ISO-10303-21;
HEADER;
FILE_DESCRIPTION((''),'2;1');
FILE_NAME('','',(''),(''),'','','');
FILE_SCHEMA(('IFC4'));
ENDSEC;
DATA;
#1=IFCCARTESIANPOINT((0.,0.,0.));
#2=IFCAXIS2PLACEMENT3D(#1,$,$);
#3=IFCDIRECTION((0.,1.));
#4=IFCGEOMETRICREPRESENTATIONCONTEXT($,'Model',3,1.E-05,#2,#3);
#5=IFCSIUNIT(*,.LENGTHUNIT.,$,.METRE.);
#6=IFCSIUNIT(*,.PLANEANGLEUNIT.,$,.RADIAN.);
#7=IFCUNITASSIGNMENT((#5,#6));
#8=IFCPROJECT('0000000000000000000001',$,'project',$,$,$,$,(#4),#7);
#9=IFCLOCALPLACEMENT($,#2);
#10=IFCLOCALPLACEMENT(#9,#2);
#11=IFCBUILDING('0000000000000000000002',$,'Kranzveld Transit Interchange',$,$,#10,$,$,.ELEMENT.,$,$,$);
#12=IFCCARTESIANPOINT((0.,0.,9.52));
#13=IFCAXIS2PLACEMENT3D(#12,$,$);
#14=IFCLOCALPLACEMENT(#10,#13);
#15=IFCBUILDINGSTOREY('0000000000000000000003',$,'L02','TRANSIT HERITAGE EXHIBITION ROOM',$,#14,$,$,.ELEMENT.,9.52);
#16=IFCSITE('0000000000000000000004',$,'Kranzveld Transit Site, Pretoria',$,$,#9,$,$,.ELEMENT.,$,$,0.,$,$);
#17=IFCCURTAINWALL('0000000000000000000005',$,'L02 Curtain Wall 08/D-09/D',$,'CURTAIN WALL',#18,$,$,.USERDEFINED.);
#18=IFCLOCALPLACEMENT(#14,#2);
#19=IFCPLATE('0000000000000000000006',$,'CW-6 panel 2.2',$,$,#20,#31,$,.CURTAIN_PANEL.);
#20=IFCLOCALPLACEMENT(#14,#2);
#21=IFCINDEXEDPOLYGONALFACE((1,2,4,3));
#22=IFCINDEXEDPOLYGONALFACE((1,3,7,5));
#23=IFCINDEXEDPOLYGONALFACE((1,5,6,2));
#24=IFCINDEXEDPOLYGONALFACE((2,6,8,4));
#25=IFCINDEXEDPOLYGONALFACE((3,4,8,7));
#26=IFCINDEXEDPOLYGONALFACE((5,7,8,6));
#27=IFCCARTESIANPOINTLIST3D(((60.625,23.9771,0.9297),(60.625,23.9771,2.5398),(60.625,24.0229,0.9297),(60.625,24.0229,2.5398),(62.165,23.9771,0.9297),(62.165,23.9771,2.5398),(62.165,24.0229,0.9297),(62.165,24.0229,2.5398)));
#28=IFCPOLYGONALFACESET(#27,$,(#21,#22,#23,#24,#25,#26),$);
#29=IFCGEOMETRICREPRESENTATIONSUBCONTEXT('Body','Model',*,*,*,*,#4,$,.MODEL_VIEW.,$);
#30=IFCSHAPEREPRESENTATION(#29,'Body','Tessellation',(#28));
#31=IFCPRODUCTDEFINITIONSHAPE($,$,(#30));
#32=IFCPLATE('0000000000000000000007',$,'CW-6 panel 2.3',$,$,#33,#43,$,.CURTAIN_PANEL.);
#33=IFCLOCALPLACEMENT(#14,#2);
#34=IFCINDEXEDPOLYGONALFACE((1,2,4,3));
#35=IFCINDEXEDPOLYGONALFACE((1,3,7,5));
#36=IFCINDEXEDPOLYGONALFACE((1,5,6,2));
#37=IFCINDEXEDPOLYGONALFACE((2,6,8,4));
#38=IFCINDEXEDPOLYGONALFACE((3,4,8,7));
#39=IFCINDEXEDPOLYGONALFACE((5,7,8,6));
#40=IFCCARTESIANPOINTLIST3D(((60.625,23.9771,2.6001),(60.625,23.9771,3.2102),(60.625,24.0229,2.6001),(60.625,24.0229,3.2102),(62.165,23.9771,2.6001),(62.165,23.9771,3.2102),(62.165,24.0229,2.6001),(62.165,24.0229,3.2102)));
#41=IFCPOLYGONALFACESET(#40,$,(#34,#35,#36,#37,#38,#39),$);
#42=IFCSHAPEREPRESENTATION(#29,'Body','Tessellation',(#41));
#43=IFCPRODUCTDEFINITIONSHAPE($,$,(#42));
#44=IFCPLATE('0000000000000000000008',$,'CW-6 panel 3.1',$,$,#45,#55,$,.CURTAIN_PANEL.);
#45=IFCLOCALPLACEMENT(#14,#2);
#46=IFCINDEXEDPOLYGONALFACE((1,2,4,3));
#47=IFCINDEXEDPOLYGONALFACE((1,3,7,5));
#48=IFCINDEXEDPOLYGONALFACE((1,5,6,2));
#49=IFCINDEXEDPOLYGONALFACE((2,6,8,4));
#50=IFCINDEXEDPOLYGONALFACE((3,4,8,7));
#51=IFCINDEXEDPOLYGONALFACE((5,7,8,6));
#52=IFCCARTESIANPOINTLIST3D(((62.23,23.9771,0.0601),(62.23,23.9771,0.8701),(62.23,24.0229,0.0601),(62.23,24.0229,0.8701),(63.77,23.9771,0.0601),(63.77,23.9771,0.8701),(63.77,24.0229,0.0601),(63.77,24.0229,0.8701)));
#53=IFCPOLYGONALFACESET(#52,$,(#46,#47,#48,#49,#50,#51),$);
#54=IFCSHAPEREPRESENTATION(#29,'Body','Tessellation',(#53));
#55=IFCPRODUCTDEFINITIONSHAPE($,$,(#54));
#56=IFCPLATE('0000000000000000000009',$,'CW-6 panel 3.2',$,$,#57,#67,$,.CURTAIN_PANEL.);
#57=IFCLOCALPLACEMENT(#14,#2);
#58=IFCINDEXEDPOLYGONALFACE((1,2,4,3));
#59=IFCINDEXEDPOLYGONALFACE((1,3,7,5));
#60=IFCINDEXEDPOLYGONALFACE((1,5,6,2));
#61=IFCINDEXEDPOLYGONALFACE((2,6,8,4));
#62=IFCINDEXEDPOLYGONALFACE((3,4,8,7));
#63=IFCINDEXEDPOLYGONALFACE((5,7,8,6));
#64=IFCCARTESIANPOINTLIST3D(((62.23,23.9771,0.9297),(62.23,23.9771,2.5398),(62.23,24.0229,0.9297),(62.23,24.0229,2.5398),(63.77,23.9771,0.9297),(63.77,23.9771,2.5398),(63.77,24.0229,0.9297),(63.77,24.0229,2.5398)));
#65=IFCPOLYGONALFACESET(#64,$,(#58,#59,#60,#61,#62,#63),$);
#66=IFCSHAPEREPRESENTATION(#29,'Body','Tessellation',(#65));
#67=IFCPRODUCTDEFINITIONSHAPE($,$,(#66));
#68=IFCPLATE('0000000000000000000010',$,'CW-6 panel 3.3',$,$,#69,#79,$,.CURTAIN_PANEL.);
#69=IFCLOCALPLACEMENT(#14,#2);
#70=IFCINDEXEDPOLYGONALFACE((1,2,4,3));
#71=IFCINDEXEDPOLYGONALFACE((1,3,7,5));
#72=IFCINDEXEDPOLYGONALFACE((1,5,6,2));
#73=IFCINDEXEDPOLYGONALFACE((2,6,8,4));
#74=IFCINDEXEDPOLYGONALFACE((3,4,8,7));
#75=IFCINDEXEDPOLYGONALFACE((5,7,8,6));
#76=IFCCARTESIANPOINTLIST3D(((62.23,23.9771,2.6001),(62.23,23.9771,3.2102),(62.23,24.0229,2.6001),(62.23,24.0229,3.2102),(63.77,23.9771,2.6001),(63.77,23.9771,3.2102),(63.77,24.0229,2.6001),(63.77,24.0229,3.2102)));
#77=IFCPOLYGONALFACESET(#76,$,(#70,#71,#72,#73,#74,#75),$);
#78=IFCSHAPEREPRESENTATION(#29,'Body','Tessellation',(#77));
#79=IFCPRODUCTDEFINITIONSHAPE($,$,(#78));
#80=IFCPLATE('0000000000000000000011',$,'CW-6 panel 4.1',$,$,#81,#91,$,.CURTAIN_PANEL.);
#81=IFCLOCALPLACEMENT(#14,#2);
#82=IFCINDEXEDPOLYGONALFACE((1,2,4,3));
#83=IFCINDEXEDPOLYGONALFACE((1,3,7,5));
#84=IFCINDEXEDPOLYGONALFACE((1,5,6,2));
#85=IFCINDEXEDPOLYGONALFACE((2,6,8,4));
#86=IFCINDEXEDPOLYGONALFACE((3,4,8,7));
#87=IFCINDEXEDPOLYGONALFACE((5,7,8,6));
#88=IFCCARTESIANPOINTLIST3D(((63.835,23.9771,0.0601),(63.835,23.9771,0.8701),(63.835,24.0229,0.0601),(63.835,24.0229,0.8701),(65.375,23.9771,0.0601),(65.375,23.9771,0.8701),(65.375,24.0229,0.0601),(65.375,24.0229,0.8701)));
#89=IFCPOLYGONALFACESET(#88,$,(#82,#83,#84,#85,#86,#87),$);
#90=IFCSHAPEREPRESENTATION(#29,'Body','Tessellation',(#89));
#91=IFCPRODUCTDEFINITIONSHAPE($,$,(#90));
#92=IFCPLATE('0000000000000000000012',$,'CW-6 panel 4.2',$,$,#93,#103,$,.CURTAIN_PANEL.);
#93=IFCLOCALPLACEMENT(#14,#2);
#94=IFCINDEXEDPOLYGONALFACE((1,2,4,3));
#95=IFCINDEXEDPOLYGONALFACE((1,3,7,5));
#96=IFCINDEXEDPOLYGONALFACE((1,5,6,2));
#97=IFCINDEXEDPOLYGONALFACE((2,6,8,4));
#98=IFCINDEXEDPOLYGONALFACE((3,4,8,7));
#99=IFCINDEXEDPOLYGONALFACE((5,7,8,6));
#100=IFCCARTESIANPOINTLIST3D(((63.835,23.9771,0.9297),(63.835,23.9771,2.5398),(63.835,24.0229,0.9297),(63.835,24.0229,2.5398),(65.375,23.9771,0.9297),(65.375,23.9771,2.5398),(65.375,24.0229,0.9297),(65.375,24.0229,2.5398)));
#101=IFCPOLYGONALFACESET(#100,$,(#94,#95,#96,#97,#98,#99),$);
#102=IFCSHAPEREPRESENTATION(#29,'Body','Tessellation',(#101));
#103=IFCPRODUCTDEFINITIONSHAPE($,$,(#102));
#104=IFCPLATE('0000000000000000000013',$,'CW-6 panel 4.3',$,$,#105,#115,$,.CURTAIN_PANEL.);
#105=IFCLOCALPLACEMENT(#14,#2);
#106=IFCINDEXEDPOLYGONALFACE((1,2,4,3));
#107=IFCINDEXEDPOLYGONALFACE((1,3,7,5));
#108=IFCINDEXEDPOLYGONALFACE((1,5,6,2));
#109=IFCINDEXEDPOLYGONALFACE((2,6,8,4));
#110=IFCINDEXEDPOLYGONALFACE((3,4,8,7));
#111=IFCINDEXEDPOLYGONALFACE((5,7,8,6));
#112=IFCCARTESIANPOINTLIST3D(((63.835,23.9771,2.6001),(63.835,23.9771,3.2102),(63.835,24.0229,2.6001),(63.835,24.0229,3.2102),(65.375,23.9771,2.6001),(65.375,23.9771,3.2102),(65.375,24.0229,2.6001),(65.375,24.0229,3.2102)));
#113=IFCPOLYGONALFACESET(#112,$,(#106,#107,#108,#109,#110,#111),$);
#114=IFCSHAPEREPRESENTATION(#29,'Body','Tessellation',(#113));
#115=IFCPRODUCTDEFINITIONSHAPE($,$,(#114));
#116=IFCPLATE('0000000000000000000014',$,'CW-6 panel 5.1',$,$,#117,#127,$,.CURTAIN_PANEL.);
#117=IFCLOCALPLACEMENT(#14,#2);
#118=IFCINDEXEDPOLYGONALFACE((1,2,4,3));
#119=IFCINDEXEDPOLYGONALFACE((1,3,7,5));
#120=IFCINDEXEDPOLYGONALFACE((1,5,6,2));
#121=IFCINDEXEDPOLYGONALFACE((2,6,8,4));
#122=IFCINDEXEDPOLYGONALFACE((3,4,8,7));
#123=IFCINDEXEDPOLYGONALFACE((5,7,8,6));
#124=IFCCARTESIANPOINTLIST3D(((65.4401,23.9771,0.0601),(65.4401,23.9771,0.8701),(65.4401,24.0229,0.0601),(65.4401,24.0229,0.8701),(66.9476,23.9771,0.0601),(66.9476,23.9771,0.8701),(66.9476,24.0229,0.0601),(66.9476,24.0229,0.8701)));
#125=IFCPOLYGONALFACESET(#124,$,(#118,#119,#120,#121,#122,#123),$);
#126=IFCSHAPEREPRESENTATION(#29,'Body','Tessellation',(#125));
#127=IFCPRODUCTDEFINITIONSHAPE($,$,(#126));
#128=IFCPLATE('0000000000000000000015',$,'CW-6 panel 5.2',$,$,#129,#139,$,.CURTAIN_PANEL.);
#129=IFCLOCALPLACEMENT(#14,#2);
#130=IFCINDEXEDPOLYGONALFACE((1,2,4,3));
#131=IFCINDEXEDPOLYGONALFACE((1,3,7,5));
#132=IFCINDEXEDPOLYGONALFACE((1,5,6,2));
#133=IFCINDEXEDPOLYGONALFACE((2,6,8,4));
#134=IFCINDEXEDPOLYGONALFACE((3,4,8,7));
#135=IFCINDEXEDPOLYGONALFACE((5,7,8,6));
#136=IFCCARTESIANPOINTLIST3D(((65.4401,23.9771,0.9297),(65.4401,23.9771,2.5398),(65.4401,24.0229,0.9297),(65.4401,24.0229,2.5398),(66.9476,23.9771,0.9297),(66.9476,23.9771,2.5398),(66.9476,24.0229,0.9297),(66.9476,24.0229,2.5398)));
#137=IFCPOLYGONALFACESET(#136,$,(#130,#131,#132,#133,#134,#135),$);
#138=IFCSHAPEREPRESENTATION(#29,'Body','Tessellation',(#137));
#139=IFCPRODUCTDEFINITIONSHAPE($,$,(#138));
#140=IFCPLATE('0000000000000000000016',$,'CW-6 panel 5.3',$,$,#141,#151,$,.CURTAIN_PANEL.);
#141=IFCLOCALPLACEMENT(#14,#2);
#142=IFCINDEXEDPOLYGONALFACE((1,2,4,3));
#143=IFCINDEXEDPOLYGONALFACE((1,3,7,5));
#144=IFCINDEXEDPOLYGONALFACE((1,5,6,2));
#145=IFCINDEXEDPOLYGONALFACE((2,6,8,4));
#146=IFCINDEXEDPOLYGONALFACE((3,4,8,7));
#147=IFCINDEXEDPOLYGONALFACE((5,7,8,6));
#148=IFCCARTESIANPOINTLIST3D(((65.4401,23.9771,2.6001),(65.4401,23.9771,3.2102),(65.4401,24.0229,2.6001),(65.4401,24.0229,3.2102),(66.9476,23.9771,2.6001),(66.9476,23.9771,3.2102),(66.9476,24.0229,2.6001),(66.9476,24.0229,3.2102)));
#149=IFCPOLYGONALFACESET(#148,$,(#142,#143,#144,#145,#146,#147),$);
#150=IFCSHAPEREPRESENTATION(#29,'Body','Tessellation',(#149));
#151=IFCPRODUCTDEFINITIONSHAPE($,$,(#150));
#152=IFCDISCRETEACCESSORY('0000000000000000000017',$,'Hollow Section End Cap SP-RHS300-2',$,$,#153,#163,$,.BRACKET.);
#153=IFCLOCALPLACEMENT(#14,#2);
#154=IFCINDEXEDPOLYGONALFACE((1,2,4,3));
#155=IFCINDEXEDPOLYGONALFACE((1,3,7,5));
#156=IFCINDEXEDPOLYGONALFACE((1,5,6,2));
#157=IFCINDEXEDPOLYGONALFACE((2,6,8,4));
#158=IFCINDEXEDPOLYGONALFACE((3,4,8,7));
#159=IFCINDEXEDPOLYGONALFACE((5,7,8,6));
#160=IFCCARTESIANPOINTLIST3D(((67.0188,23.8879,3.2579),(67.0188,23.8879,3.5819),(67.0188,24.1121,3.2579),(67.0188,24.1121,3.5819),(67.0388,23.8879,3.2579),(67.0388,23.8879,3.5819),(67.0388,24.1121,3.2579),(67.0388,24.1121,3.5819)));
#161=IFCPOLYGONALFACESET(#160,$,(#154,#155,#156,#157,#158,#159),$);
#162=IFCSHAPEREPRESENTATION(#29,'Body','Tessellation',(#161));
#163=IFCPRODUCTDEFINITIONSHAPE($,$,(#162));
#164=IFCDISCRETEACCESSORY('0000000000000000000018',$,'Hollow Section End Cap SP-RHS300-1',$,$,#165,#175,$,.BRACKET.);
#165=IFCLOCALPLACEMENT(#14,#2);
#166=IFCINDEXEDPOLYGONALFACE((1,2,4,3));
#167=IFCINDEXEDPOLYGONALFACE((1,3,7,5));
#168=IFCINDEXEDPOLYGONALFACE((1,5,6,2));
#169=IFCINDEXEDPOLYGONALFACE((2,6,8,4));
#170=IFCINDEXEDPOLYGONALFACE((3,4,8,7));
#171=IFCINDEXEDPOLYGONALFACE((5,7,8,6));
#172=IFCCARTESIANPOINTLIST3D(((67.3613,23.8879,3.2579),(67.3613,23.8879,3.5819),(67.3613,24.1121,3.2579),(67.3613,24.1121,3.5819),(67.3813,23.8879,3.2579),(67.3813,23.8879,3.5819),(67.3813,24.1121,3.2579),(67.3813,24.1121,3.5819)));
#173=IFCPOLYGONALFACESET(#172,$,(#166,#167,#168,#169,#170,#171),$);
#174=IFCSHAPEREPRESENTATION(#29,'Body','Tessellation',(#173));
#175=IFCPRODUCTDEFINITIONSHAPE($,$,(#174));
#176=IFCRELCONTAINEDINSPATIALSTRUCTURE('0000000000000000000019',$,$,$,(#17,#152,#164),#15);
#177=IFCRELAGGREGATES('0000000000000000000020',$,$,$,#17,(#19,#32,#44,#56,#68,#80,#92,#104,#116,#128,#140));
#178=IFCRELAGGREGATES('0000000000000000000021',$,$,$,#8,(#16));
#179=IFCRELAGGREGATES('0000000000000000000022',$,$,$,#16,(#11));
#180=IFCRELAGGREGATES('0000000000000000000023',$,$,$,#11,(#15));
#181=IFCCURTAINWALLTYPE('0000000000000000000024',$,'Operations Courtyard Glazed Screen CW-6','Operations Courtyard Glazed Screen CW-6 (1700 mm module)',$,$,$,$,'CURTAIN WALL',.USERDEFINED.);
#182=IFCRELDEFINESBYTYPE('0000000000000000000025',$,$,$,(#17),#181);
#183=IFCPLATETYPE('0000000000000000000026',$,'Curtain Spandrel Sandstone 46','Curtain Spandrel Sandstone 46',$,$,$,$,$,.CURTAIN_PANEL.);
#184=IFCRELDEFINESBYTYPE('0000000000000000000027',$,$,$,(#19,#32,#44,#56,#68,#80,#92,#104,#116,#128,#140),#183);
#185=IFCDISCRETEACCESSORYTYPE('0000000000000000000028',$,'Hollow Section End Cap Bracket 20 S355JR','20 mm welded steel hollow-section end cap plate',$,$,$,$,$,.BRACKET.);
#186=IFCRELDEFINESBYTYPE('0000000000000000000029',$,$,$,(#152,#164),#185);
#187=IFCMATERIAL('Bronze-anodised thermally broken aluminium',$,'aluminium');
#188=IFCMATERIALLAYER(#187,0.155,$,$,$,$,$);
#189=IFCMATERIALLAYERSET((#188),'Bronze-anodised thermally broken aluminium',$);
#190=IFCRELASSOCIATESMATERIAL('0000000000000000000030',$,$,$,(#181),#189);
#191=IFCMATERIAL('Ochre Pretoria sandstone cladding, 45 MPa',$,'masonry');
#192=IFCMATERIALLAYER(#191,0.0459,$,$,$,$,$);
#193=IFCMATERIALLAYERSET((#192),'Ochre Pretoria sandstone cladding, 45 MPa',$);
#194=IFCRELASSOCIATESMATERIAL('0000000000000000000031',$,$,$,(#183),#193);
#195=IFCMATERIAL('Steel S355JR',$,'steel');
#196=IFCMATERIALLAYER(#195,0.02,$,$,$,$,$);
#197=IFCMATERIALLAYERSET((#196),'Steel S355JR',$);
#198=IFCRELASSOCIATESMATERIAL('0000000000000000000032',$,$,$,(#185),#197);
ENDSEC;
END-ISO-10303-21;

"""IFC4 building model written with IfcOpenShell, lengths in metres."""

from ifc_helpers import new_model, si_unit, direction, frame, origin, origin_2d, place, context, subcontext, project, spatial, rectangle, extrude, material, layer, layer_set, type_object, element, aggregate, save


model = new_model("IFC4")

# Units and contexts
model_context = context("Model", 3, precision=1e-05, world=origin(), true_north=direction((0.0, 1.0)))
body_context = subcontext(model_context, "Body", "Model", "MODEL_VIEW")
ifc_project = project(units=[si_unit("LENGTHUNIT", "METRE"), si_unit("PLANEANGLEUNIT", "RADIAN")], contexts=[model_context])

# Site, building, storey
site_placement = place(None, origin())
site = spatial("IfcSite", under=ifc_project, at=site_placement, Name="Kranzveld Transit Site, Pretoria", CompositionType="ELEMENT", RefElevation=0.0)
building_placement = place(site_placement, origin())
building = spatial("IfcBuilding", under=site, at=building_placement, Name="Kranzveld Transit Interchange", CompositionType="ELEMENT")
storey_placement = place(building_placement, frame((0.0, 0.0, 9.52)))
storey = spatial("IfcBuildingStorey", under=building, at=storey_placement, Name="L02", Description="TRANSIT HERITAGE EXHIBITION ROOM", CompositionType="ELEMENT", Elevation=9.52)

# Curtain wall
ifc_material_1 = material(Name="Bronze-anodised thermally broken aluminium", Category="aluminium")
ifc_layer_1 = layer(ifc_material_1, 0.155)
ifc_layer_set_1 = layer_set([ifc_layer_1], Name="Bronze-anodised thermally broken aluminium")
curtain_wall_type = type_object("IfcCurtainWallType", Name="Operations Courtyard Glazed Screen CW-6", Description="Operations Courtyard Glazed Screen CW-6 (1700 mm module)", ElementType="CURTAIN WALL", PredefinedType="USERDEFINED", material=ifc_layer_set_1)
curtain_wall_placement = place(storey_placement, origin())
curtain_wall = element("IfcCurtainWall", 1, at=curtain_wall_placement, inside=storey, type_object=curtain_wall_type, Name="L02 Curtain Wall 08/D-09/D", ObjectType="CURTAIN WALL", PredefinedType="USERDEFINED")

# Plates
ifc_material_2 = material(Name="Ochre Pretoria sandstone cladding, 45 MPa", Category="masonry")
ifc_layer_2 = layer(ifc_material_2, 0.0459)
ifc_layer_set_2 = layer_set([ifc_layer_2], Name="Ochre Pretoria sandstone cladding, 45 MPa")
plate_type = type_object("IfcPlateType", Name="Curtain Spandrel Sandstone 46", Description="Curtain Spandrel Sandstone 46", PredefinedType="CURTAIN_PANEL", material=ifc_layer_set_2)
plate_1_placement = place(storey_placement, frame((61.395, 24.0, 0.9297), z_axis=(0.0, 0.0, 1.0), x_axis=(1.0, 0.0, 0.0)))
plate_1 = element("IfcPlate", 2, at=plate_1_placement, type_object=plate_type, Name="CW-6 panel 2.2", PredefinedType="CURTAIN_PANEL", context=body_context, shape_type="SweptSolid", body=[
    extrude(rectangle(XDim=1.54, YDim=0.0459, at=origin_2d()), origin(), (0.0, 0.0, 1.0), 1.6101),
])
plate_2_placement = place(storey_placement, frame((61.395, 24.0, 2.6001), z_axis=(0.0, 0.0, 1.0), x_axis=(1.0, 0.0, 0.0)))
plate_2 = element("IfcPlate", 3, at=plate_2_placement, type_object=plate_type, Name="CW-6 panel 2.3", PredefinedType="CURTAIN_PANEL", context=body_context, shape_type="SweptSolid", body=[
    extrude(rectangle(XDim=1.54, YDim=0.0459, at=origin_2d()), origin(), (0.0, 0.0, 1.0), 0.6101),
])
plate_3_placement = place(storey_placement, frame((63.0, 24.0, 0.0601), z_axis=(0.0, 0.0, 1.0), x_axis=(1.0, 0.0, 0.0)))
plate_3 = element("IfcPlate", 4, at=plate_3_placement, type_object=plate_type, Name="CW-6 panel 3.1", PredefinedType="CURTAIN_PANEL", context=body_context, shape_type="SweptSolid", body=[
    extrude(rectangle(XDim=1.54, YDim=0.0459, at=origin_2d()), origin(), (0.0, 0.0, 1.0), 0.8101),
])
plate_4_placement = place(storey_placement, frame((63.0, 24.0, 0.9297), z_axis=(0.0, 0.0, 1.0), x_axis=(1.0, 0.0, 0.0)))
plate_4 = element("IfcPlate", 5, at=plate_4_placement, type_object=plate_type, Name="CW-6 panel 3.2", PredefinedType="CURTAIN_PANEL", context=body_context, shape_type="SweptSolid", body=[
    extrude(rectangle(XDim=1.54, YDim=0.0459, at=origin_2d()), origin(), (0.0, 0.0, 1.0), 1.6101),
])
plate_5_placement = place(storey_placement, frame((63.0, 24.0, 2.6001), z_axis=(0.0, 0.0, 1.0), x_axis=(1.0, 0.0, 0.0)))
plate_5 = element("IfcPlate", 6, at=plate_5_placement, type_object=plate_type, Name="CW-6 panel 3.3", PredefinedType="CURTAIN_PANEL", context=body_context, shape_type="SweptSolid", body=[
    extrude(rectangle(XDim=1.54, YDim=0.0459, at=origin_2d()), origin(), (0.0, 0.0, 1.0), 0.6101),
])
plate_6_placement = place(storey_placement, frame((64.605, 24.0, 0.0601), z_axis=(0.0, 0.0, 1.0), x_axis=(1.0, 0.0, 0.0)))
plate_6 = element("IfcPlate", 7, at=plate_6_placement, type_object=plate_type, Name="CW-6 panel 4.1", PredefinedType="CURTAIN_PANEL", context=body_context, shape_type="SweptSolid", body=[
    extrude(rectangle(XDim=1.54, YDim=0.0459, at=origin_2d()), origin(), (0.0, 0.0, 1.0), 0.8101),
])
plate_7_placement = place(storey_placement, frame((64.605, 24.0, 0.9297), z_axis=(0.0, 0.0, 1.0), x_axis=(1.0, 0.0, 0.0)))
plate_7 = element("IfcPlate", 8, at=plate_7_placement, type_object=plate_type, Name="CW-6 panel 4.2", PredefinedType="CURTAIN_PANEL", context=body_context, shape_type="SweptSolid", body=[
    extrude(rectangle(XDim=1.54, YDim=0.0459, at=origin_2d()), origin(), (0.0, 0.0, 1.0), 1.6101),
])
plate_8_placement = place(storey_placement, frame((64.605, 24.0, 2.6001), z_axis=(0.0, 0.0, 1.0), x_axis=(1.0, 0.0, 0.0)))
plate_8 = element("IfcPlate", 9, at=plate_8_placement, type_object=plate_type, Name="CW-6 panel 4.3", PredefinedType="CURTAIN_PANEL", context=body_context, shape_type="SweptSolid", body=[
    extrude(rectangle(XDim=1.54, YDim=0.0459, at=origin_2d()), origin(), (0.0, 0.0, 1.0), 0.6101),
])
plate_9_placement = place(storey_placement, frame((66.1938, 24.0, 0.0601), z_axis=(0.0, 0.0, 1.0), x_axis=(1.0, 0.0, 0.0)))
plate_9 = element("IfcPlate", 10, at=plate_9_placement, type_object=plate_type, Name="CW-6 panel 5.1", PredefinedType="CURTAIN_PANEL", context=body_context, shape_type="SweptSolid", body=[
    extrude(rectangle(XDim=1.5076, YDim=0.0459, at=origin_2d()), origin(), (0.0, 0.0, 1.0), 0.8101),
])
plate_10_placement = place(storey_placement, frame((66.1938, 24.0, 0.9297), z_axis=(0.0, 0.0, 1.0), x_axis=(1.0, 0.0, 0.0)))
plate_10 = element("IfcPlate", 11, at=plate_10_placement, type_object=plate_type, Name="CW-6 panel 5.2", PredefinedType="CURTAIN_PANEL", context=body_context, shape_type="SweptSolid", body=[
    extrude(rectangle(XDim=1.5076, YDim=0.0459, at=origin_2d()), origin(), (0.0, 0.0, 1.0), 1.6101),
])
plate_11_placement = place(storey_placement, frame((66.1938, 24.0, 2.6001), z_axis=(0.0, 0.0, 1.0), x_axis=(1.0, 0.0, 0.0)))
plate_11 = element("IfcPlate", 12, at=plate_11_placement, type_object=plate_type, Name="CW-6 panel 5.3", PredefinedType="CURTAIN_PANEL", context=body_context, shape_type="SweptSolid", body=[
    extrude(rectangle(XDim=1.5076, YDim=0.0459, at=origin_2d()), origin(), (0.0, 0.0, 1.0), 0.6101),
])
aggregate(curtain_wall, [plate_1, plate_2, plate_3, plate_4, plate_5, plate_6, plate_7, plate_8, plate_9, plate_10, plate_11])

# Discrete accessories
ifc_material_3 = material(Name="Steel S355JR", Category="steel")
ifc_layer_3 = layer(ifc_material_3, 0.02)
ifc_layer_set_3 = layer_set([ifc_layer_3], Name="Steel S355JR")
discrete_accessory_type = type_object("IfcDiscreteAccessoryType", Name="Hollow Section End Cap Bracket 20 S355JR", Description="20 mm welded steel hollow-section end cap plate", PredefinedType="BRACKET", material=ifc_layer_set_3)
for number, where, z_axis, x_axis, name in (
    (13, (67.0188, 24.0, 3.4199), (1.0, 0.0, 0.0), (0.0, 1.0, 0.0), "Hollow Section End Cap SP-RHS300-2"),
    (14, (67.3813, 24.0, 3.4199), (-1.0, 0.0, 0.0), (0.0, -1.0, 0.0), "Hollow Section End Cap SP-RHS300-1"),
):
    element("IfcDiscreteAccessory", number, at=place(storey_placement, frame(where, z_axis=z_axis, x_axis=x_axis)), inside=storey, type_object=discrete_accessory_type, Name=name, PredefinedType="BRACKET", context=body_context, shape_type="SweptSolid", body=[
        extrude(rectangle(XDim=0.2241, YDim=0.324, at=origin_2d()), origin(), (0.0, 0.0, 1.0), 0.02),
    ])

save(model, "model.ifc")
